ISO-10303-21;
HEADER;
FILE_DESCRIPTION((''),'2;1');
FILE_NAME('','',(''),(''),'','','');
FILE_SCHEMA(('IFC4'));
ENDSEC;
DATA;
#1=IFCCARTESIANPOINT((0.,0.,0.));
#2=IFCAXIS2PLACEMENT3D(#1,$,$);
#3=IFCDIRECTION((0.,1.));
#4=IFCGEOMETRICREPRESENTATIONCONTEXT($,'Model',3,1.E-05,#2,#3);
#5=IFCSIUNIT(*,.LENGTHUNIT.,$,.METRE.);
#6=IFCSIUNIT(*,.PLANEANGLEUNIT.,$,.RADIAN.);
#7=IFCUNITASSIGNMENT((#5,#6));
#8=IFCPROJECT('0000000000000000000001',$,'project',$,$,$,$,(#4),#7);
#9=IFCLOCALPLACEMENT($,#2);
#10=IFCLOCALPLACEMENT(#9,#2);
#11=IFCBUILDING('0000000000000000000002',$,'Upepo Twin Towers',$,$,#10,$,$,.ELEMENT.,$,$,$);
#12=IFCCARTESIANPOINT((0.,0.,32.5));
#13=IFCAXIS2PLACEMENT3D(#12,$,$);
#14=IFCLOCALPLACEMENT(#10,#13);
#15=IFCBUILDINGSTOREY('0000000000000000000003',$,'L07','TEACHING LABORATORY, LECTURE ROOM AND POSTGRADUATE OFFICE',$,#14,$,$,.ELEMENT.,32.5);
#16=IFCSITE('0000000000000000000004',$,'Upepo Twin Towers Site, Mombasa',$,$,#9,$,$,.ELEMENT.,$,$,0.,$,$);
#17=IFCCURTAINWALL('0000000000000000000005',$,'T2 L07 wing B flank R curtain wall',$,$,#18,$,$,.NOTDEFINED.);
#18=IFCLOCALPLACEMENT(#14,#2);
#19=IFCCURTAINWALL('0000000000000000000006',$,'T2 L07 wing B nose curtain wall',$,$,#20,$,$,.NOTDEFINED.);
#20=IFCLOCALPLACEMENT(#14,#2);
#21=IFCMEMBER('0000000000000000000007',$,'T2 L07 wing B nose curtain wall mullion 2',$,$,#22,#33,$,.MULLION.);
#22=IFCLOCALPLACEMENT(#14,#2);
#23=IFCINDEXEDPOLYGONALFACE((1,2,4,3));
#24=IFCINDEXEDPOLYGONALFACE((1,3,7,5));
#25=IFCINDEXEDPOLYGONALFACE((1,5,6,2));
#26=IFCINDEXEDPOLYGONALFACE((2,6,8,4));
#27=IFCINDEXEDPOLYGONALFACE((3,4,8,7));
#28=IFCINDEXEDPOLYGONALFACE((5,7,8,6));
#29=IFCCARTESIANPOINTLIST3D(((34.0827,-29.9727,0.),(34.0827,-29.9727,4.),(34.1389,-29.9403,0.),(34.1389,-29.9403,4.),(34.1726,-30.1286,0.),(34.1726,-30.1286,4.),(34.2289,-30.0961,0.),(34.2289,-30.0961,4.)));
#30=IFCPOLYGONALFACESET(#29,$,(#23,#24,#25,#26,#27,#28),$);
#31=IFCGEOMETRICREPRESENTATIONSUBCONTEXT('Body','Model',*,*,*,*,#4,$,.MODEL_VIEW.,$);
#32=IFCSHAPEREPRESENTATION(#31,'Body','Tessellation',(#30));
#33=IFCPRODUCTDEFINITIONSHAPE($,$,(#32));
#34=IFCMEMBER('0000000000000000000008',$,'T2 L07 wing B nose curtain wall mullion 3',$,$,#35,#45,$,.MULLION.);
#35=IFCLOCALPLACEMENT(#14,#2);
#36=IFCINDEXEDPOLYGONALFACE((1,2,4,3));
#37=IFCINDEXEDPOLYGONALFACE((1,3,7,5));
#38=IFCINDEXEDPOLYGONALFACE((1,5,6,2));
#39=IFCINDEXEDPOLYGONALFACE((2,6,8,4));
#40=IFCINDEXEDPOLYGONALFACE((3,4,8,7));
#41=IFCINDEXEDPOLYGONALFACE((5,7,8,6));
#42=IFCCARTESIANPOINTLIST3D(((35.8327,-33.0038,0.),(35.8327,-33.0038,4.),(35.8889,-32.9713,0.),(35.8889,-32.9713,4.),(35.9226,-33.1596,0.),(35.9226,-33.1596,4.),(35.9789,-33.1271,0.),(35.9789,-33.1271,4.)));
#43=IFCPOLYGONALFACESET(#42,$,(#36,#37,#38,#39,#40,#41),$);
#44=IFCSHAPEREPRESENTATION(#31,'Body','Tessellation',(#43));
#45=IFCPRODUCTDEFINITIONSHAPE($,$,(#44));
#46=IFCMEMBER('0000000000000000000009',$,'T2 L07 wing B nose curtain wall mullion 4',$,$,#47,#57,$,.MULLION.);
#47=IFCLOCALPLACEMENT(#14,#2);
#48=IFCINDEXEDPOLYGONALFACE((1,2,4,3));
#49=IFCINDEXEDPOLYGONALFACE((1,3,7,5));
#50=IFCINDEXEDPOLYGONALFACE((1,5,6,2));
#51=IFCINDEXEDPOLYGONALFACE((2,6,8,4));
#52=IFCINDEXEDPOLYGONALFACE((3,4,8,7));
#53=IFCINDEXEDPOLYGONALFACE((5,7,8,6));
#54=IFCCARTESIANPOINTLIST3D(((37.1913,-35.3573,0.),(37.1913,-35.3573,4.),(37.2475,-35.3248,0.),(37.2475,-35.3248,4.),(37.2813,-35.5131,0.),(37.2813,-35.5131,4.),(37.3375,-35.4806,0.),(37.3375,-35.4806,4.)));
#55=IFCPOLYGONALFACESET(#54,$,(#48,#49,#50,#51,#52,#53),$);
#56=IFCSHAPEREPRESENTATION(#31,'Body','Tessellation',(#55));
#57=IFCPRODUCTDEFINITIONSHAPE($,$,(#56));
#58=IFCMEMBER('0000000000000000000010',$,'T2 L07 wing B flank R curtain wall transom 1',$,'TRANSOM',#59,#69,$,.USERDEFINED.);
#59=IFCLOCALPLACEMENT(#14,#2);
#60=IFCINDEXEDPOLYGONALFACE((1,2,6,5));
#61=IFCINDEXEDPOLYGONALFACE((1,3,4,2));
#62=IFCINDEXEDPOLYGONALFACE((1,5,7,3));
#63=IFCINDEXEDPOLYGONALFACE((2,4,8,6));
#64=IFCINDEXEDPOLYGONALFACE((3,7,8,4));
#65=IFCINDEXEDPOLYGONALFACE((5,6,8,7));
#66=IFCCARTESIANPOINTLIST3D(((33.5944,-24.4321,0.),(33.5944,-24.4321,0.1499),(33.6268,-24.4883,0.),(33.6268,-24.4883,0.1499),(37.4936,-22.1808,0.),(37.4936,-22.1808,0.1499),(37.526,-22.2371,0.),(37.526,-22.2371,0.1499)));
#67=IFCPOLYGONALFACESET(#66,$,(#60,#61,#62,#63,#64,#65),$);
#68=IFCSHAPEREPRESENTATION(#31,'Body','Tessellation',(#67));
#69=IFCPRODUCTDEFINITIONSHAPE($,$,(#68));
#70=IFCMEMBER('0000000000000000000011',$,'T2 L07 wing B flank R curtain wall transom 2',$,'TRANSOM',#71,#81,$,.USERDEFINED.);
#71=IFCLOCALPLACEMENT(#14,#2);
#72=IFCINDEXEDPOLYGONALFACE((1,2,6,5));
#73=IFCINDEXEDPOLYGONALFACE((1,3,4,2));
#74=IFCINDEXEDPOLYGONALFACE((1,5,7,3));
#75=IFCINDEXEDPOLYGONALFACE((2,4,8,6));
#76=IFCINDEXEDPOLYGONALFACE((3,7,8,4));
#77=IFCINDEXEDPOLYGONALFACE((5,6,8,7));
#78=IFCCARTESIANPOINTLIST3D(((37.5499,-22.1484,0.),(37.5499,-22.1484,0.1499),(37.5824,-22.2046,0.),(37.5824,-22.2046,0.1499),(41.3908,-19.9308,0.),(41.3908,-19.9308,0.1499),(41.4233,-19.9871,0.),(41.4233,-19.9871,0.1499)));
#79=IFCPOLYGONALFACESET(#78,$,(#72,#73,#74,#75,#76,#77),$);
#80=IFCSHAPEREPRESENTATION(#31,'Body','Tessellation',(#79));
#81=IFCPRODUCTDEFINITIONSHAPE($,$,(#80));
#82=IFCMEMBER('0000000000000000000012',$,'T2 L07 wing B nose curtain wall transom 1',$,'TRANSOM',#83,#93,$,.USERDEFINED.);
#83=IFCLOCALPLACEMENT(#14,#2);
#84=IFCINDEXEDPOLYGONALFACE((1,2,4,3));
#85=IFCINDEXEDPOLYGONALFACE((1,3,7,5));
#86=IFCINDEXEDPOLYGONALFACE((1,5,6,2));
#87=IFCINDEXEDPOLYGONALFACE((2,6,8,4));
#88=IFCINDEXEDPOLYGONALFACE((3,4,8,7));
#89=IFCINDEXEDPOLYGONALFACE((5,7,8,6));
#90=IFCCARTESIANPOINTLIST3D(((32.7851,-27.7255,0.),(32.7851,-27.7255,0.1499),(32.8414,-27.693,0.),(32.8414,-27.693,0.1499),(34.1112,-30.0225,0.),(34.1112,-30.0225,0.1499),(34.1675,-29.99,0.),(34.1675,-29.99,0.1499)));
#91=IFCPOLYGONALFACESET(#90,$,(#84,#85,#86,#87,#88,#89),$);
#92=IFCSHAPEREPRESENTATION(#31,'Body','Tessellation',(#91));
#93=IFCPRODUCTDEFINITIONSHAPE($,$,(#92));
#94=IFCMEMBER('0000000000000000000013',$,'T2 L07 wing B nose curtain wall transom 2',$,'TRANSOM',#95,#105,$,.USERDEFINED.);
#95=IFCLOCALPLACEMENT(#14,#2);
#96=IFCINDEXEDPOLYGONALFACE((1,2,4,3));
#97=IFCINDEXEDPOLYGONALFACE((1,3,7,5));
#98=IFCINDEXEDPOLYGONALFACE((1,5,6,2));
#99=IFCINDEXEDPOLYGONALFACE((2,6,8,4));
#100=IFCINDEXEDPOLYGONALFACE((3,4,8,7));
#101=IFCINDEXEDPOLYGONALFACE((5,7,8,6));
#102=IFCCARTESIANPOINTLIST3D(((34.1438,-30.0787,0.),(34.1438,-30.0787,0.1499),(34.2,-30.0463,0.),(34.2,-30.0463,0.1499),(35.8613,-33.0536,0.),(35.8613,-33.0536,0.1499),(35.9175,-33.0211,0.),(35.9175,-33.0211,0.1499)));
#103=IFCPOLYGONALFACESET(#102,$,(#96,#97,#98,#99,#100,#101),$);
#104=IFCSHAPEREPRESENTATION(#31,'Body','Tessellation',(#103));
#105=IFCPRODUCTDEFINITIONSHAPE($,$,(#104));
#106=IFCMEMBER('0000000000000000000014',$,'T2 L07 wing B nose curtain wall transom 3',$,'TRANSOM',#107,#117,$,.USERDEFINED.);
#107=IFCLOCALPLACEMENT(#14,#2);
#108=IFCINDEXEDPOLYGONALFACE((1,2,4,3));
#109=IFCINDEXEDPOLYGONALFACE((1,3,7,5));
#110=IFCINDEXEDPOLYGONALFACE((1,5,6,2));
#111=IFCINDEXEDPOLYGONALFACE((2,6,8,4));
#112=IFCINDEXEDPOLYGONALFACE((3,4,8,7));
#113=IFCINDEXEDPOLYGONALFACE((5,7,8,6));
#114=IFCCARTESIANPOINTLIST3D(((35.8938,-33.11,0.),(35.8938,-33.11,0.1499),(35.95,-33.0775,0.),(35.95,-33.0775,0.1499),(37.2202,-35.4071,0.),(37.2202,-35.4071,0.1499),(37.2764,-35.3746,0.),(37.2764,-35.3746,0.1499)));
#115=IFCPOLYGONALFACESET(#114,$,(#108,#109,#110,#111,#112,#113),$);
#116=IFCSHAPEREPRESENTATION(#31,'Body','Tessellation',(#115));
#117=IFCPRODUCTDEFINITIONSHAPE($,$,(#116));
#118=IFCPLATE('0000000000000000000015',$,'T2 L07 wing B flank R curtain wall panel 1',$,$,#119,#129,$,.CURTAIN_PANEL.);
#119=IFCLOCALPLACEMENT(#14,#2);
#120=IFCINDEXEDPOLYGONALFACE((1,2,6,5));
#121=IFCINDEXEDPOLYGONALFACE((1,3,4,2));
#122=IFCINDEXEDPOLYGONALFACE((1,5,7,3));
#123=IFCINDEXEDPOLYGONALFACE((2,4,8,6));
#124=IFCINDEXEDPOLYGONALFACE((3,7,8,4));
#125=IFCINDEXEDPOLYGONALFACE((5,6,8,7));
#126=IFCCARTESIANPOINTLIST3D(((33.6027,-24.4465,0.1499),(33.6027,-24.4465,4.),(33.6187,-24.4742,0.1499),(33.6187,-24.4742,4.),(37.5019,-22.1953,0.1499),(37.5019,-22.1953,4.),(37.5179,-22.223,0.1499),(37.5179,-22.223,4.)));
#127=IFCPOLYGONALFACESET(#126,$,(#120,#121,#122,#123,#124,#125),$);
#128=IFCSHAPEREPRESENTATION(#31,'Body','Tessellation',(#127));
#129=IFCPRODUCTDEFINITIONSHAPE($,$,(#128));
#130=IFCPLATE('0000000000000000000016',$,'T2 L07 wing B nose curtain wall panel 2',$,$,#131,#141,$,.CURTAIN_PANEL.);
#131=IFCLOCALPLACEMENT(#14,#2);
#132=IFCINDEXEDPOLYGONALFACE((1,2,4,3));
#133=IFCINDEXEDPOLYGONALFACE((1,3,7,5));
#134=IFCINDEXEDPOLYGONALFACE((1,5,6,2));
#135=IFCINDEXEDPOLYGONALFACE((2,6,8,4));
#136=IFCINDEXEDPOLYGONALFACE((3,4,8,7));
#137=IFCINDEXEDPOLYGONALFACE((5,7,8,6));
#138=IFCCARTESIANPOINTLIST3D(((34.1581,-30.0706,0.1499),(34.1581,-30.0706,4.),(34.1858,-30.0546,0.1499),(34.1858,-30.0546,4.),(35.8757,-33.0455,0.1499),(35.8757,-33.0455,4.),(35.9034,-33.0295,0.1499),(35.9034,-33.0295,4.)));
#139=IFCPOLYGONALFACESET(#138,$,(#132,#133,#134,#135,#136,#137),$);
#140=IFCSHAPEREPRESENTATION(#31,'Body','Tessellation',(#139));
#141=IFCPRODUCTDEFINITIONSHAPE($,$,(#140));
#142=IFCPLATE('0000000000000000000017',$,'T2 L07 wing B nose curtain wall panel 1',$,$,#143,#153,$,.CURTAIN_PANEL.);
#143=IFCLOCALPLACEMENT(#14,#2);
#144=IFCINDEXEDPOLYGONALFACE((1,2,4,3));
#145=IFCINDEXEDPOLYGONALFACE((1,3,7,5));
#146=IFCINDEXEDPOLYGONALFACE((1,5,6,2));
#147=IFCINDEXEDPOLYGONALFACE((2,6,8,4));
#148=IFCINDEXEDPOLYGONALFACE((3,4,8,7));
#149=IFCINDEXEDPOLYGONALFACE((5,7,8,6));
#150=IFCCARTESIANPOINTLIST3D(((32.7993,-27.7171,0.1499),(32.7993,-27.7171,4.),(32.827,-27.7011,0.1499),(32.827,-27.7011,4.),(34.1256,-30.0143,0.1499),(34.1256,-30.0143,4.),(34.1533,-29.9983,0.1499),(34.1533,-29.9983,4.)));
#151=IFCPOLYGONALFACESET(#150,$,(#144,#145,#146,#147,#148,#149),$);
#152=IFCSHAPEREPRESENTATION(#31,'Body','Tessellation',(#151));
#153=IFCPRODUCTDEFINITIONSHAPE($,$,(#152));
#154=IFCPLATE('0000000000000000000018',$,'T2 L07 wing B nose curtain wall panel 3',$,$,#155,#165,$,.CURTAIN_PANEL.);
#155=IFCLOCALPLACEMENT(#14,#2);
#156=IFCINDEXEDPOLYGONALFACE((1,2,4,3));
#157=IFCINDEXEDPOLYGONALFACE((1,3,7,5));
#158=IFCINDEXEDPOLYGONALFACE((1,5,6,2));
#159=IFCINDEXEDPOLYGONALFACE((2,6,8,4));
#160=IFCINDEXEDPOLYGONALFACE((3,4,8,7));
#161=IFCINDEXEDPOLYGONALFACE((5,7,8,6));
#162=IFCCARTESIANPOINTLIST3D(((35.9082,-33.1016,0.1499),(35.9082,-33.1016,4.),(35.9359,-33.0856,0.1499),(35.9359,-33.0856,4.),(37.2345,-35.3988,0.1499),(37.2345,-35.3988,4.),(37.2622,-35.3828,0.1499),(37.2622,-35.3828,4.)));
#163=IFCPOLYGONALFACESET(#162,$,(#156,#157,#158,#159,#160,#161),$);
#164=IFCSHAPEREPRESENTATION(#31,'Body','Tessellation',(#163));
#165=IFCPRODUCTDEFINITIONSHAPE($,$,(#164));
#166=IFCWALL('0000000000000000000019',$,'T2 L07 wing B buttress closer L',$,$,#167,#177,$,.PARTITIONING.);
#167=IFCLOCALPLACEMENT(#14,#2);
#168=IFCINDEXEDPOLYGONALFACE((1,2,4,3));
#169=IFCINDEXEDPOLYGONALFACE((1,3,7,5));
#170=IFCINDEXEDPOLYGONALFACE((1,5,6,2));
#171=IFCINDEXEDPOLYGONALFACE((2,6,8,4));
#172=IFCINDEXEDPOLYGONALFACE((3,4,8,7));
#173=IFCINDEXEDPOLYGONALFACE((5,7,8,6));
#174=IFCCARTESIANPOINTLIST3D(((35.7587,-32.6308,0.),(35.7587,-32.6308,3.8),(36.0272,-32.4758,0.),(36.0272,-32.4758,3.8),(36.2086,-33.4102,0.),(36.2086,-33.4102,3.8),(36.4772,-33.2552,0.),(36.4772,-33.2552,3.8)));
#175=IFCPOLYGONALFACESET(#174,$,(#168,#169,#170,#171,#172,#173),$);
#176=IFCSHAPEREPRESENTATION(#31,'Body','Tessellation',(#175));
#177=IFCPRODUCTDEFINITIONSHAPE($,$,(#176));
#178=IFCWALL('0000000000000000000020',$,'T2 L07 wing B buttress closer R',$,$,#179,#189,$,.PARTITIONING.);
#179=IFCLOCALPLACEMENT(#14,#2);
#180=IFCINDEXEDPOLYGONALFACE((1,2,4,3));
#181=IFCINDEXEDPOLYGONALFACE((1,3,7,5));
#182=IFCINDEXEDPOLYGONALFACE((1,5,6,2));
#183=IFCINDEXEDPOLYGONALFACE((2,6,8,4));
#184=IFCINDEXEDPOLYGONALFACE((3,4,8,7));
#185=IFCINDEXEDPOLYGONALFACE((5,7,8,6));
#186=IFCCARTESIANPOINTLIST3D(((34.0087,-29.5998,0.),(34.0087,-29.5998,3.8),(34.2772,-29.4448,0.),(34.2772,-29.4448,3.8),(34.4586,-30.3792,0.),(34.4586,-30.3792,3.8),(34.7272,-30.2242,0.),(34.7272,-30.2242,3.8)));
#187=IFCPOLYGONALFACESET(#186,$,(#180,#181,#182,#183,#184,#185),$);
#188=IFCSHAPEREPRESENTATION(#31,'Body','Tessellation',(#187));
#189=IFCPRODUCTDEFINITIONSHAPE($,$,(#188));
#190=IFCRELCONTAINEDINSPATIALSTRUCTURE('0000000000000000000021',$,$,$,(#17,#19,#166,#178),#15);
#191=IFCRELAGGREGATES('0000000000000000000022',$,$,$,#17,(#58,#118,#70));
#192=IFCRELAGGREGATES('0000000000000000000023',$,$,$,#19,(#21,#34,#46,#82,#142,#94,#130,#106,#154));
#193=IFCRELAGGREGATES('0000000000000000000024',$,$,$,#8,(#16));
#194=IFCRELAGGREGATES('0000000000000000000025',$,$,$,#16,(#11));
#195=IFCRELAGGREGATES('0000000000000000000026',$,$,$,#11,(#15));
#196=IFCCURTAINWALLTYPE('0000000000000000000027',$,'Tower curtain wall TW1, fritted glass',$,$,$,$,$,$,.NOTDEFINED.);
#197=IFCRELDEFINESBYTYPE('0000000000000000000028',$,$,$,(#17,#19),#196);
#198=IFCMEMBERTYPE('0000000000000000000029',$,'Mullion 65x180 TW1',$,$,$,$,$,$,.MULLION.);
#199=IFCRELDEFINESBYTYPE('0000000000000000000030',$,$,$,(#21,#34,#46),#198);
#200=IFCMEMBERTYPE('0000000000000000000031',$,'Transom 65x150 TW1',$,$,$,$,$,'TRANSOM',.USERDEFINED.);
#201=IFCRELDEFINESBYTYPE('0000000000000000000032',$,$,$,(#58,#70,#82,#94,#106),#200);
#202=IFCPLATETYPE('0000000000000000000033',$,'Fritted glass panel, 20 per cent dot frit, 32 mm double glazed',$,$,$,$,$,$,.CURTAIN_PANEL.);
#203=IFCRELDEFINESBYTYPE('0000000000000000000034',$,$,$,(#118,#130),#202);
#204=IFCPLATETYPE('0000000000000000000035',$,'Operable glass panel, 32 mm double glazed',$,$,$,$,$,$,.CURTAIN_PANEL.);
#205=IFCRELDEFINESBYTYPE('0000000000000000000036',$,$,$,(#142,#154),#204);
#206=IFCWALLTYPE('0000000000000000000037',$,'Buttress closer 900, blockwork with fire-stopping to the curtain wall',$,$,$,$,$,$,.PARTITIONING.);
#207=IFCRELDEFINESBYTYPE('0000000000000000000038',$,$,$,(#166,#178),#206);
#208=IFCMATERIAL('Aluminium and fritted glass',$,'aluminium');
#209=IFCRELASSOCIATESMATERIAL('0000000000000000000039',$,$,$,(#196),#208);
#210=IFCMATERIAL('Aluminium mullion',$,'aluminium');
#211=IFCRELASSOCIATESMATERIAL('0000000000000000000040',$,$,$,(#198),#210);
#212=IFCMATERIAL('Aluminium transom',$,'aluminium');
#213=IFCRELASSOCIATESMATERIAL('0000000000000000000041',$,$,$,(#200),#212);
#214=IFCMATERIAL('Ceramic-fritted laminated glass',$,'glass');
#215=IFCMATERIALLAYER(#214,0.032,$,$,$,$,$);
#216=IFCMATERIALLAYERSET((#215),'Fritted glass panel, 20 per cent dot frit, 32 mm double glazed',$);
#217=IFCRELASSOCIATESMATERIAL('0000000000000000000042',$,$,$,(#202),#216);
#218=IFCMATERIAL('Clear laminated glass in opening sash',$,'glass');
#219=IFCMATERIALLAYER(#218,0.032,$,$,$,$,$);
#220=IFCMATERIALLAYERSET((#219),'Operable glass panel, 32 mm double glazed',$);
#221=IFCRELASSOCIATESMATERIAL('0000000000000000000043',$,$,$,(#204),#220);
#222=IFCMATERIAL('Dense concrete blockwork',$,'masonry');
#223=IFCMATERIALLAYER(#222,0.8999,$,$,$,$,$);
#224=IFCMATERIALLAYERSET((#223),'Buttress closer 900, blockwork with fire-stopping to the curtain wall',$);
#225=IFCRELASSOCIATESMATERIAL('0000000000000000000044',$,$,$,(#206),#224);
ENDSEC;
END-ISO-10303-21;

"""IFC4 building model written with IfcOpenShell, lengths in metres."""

from ifc_helpers import new_model, si_unit, direction, frame, frame_2d, origin, origin_2d, place, context, subcontext, project, spatial, rectangle, extrude, material, layer, layer_set, material_profile, profile_set, type_object, element, aggregate, save


model = new_model("IFC4")

# Units and contexts
model_context = context("Model", 3, precision=1e-05, world=origin(), true_north=direction((0.0, 1.0)))
body_context = subcontext(model_context, "Body", "Model", "MODEL_VIEW")
ifc_project = project(units=[si_unit("LENGTHUNIT", "METRE"), si_unit("PLANEANGLEUNIT", "RADIAN")], contexts=[model_context])

# Site, building, storey
site_placement = place(None, origin())
site = spatial("IfcSite", under=ifc_project, at=site_placement, Name="Upepo Twin Towers Site, Mombasa", CompositionType="ELEMENT", RefElevation=0.0)
building_placement = place(site_placement, origin())
building = spatial("IfcBuilding", under=site, at=building_placement, Name="Upepo Twin Towers", CompositionType="ELEMENT")
storey_placement = place(building_placement, frame((0.0, 0.0, 32.5)))
storey = spatial("IfcBuildingStorey", under=building, at=storey_placement, Name="L07", Description="TEACHING LABORATORY, LECTURE ROOM AND POSTGRADUATE OFFICE", CompositionType="ELEMENT", Elevation=32.5)

# Shared definitions
ifc_material_1 = material(Name="Aluminium and fritted glass", Category="aluminium")
curtain_wall_type = type_object("IfcCurtainWallType", Name="Tower curtain wall TW1, fritted glass", PredefinedType="NOTDEFINED", material=ifc_material_1)
ifc_material_2 = material(Name="Aluminium mullion", Category="aluminium")
ifc_material_profile_1 = material_profile(ifc_material_2, rectangle(XDim=0.0649, YDim=0.1799, at=origin_2d()), Name="MULLION 65x180")
ifc_profile_set_1 = profile_set([ifc_material_profile_1], Name="Aluminium mullion")
member_type_1 = type_object("IfcMemberType", Name="Mullion 65x180 TW1", PredefinedType="MULLION", material=ifc_profile_set_1)

# Curtain walls, members
curtain_wall_1_placement = place(storey_placement, origin())
curtain_wall_1 = element("IfcCurtainWall", 1, at=curtain_wall_1_placement, inside=storey, type_object=curtain_wall_type, Name="T2 L07 wing B flank R curtain wall", PredefinedType="NOTDEFINED")
curtain_wall_2_placement = place(storey_placement, origin())
curtain_wall_2 = element("IfcCurtainWall", 2, at=curtain_wall_2_placement, inside=storey, type_object=curtain_wall_type, Name="T2 L07 wing B nose curtain wall", PredefinedType="NOTDEFINED")
member_1_placement = place(storey_placement, frame((34.1558, -30.0344, 0.0), z_axis=(0.0, 0.0, 1.0), x_axis=(0.866025, 0.5, 0.0)))
member_1 = element("IfcMember", 3, at=member_1_placement, type_object=member_type_1, Name="T2 L07 wing B nose curtain wall mullion 2", PredefinedType="MULLION", context=body_context, shape_type="SweptSolid", body=[
    extrude(rectangle(XDim=0.0649, YDim=0.1799, at=origin_2d()), origin(), (0.0, 0.0, 1.0), 4.0),
])
member_2_placement = place(storey_placement, frame((35.9058, -33.0654, 0.0), z_axis=(0.0, 0.0, 1.0), x_axis=(0.866025, 0.5, 0.0)))
member_2 = element("IfcMember", 4, at=member_2_placement, type_object=member_type_1, Name="T2 L07 wing B nose curtain wall mullion 3", PredefinedType="MULLION", context=body_context, shape_type="SweptSolid", body=[
    extrude(rectangle(XDim=0.0649, YDim=0.1799, at=origin_2d()), origin(), (0.0, 0.0, 1.0), 4.0),
])
member_3_placement = place(storey_placement, frame((37.2644, -35.4189, 0.0), z_axis=(0.0, 0.0, 1.0), x_axis=(0.866025, 0.5, 0.0)))
member_3 = element("IfcMember", 5, at=member_3_placement, type_object=member_type_1, Name="T2 L07 wing B nose curtain wall mullion 4", PredefinedType="MULLION", context=body_context, shape_type="SweptSolid", body=[
    extrude(rectangle(XDim=0.0649, YDim=0.1799, at=origin_2d()), origin(), (0.0, 0.0, 1.0), 4.0),
])

# Members
ifc_material_3 = material(Name="Aluminium transom", Category="aluminium")
ifc_material_profile_2 = material_profile(ifc_material_3, rectangle(XDim=0.0649, YDim=0.1499, at=origin_2d()), Name="TRANSOM 65x150")
ifc_profile_set_2 = profile_set([ifc_material_profile_2], Name="Aluminium transom")
member_type_2 = type_object("IfcMemberType", Name="Transom 65x150 TW1", ElementType="TRANSOM", PredefinedType="USERDEFINED", material=ifc_profile_set_2)
member_4_placement = place(storey_placement, frame((33.6106, -24.4602, 0.075), z_axis=(0.866022, 0.500006, 0.0), x_axis=(-0.500006, 0.866022, 0.0)))
member_4 = element("IfcMember", 6, at=member_4_placement, type_object=member_type_2, Name="T2 L07 wing B flank R curtain wall transom 1", ObjectType="TRANSOM", PredefinedType="USERDEFINED", context=body_context, shape_type="SweptSolid", body=[
    extrude(rectangle(XDim=0.0649, YDim=0.1499, at=origin_2d()), origin(), (0.0, 0.0, 1.0), 4.5024),
])
member_5_placement = place(storey_placement, frame((37.5662, -22.1765, 0.075), z_axis=(0.866022, 0.500005, 0.0), x_axis=(-0.500005, 0.866022, 0.0)))
member_5 = element("IfcMember", 7, at=member_5_placement, type_object=member_type_2, Name="T2 L07 wing B flank R curtain wall transom 2", ObjectType="TRANSOM", PredefinedType="USERDEFINED", context=body_context, shape_type="SweptSolid", body=[
    extrude(rectangle(XDim=0.0649, YDim=0.1499, at=origin_2d()), origin(), (0.0, 0.0, 1.0), 4.4351),
])
member_6_placement = place(storey_placement, frame((32.8132, -27.7092, 0.075), z_axis=(0.49998, -0.866037, 0.0), x_axis=(0.866037, 0.49998, 0.0)))
member_6 = element("IfcMember", 8, at=member_6_placement, type_object=member_type_2, Name="T2 L07 wing B nose curtain wall transom 1", ObjectType="TRANSOM", PredefinedType="USERDEFINED", context=body_context, shape_type="SweptSolid", body=[
    extrude(rectangle(XDim=0.0649, YDim=0.1499, at=origin_2d()), origin(), (0.0, 0.0, 1.0), 2.6523),
])
member_7_placement = place(storey_placement, frame((34.1719, -30.0625, 0.075), z_axis=(0.499999, -0.866026, 0.0), x_axis=(0.866026, 0.499999, 0.0)))
member_7 = element("IfcMember", 9, at=member_7_placement, type_object=member_type_2, Name="T2 L07 wing B nose curtain wall transom 2", ObjectType="TRANSOM", PredefinedType="USERDEFINED", context=body_context, shape_type="SweptSolid", body=[
    extrude(rectangle(XDim=0.0649, YDim=0.1499, at=origin_2d()), origin(), (0.0, 0.0, 1.0), 3.4351),
])
member_8_placement = place(storey_placement, frame((35.9219, -33.0938, 0.075), z_axis=(0.500049, -0.865997, 0.0), x_axis=(0.865997, 0.500049, 0.0)))
member_8 = element("IfcMember", 10, at=member_8_placement, type_object=member_type_2, Name="T2 L07 wing B nose curtain wall transom 3", ObjectType="TRANSOM", PredefinedType="USERDEFINED", context=body_context, shape_type="SweptSolid", body=[
    extrude(rectangle(XDim=0.0649, YDim=0.1499, at=origin_2d()), origin(), (0.0, 0.0, 1.0), 2.6526),
])

# Plates
ifc_material_4 = material(Name="Ceramic-fritted laminated glass", Category="glass")
ifc_layer_1 = layer(ifc_material_4, 0.032)
ifc_layer_set_1 = layer_set([ifc_layer_1], Name="Fritted glass panel, 20 per cent dot frit, 32 mm double glazed")
plate_type_1 = type_object("IfcPlateType", Name="Fritted glass panel, 20 per cent dot frit, 32 mm double glazed", PredefinedType="CURTAIN_PANEL", material=ifc_layer_set_1)
plate_1_placement = place(storey_placement, frame((35.5603, -23.3347, 0.1499), z_axis=(0.0, 0.0, 1.0), x_axis=(0.866025, 0.5, 0.0)))
plate_1 = element("IfcPlate", 11, at=plate_1_placement, type_object=plate_type_1, Name="T2 L07 wing B flank R curtain wall panel 1", PredefinedType="CURTAIN_PANEL", context=body_context, shape_type="SweptSolid", body=[
    extrude(rectangle(XDim=4.5024, YDim=0.032, at=origin_2d()), origin(), (0.0, 0.0, 1.0), 3.8501),
])
aggregate(curtain_wall_1, [member_4, plate_1, member_5])
plate_2_placement = place(storey_placement, frame((35.0308, -31.55, 0.1499), z_axis=(0.0, 0.0, 1.0), x_axis=(0.5, -0.866025, 0.0)))
plate_2 = element("IfcPlate", 12, at=plate_2_placement, type_object=plate_type_1, Name="T2 L07 wing B nose curtain wall panel 2", PredefinedType="CURTAIN_PANEL", context=body_context, shape_type="SweptSolid", body=[
    extrude(rectangle(XDim=3.4351, YDim=0.032, at=origin_2d()), origin(), (0.0, 0.0, 1.0), 3.8501),
])
ifc_material_5 = material(Name="Clear laminated glass in opening sash", Category="glass")
ifc_layer_2 = layer(ifc_material_5, 0.032)
ifc_layer_set_2 = layer_set([ifc_layer_2], Name="Operable glass panel, 32 mm double glazed")
plate_type_2 = type_object("IfcPlateType", Name="Operable glass panel, 32 mm double glazed", PredefinedType="CURTAIN_PANEL", material=ifc_layer_set_2)
plate_3_placement = place(storey_placement, frame((33.4763, -28.8577, 0.1499), z_axis=(0.0, 0.0, 1.0), x_axis=(0.5, -0.866025, 0.0)))
plate_3 = element("IfcPlate", 13, at=plate_3_placement, type_object=plate_type_2, Name="T2 L07 wing B nose curtain wall panel 1", PredefinedType="CURTAIN_PANEL", context=body_context, shape_type="SweptSolid", body=[
    extrude(rectangle(XDim=2.6526, YDim=0.032, at=origin_2d()), origin(), (0.0, 0.0, 1.0), 3.8501),
])
plate_4_placement = place(storey_placement, frame((36.5852, -34.2422, 0.1499), z_axis=(0.0, 0.0, 1.0), x_axis=(0.5, -0.866025, 0.0)))
plate_4 = element("IfcPlate", 14, at=plate_4_placement, type_object=plate_type_2, Name="T2 L07 wing B nose curtain wall panel 3", PredefinedType="CURTAIN_PANEL", context=body_context, shape_type="SweptSolid", body=[
    extrude(rectangle(XDim=2.6526, YDim=0.032, at=origin_2d()), origin(), (0.0, 0.0, 1.0), 3.8501),
])
aggregate(curtain_wall_2, [member_1, member_2, member_3, member_6, plate_3, member_7, plate_2, member_8, plate_4])

# Walls
ifc_material_6 = material(Name="Dense concrete blockwork", Category="masonry")
ifc_layer_3 = layer(ifc_material_6, 0.8999)
ifc_layer_set_3 = layer_set([ifc_layer_3], Name="Buttress closer 900, blockwork with fire-stopping to the curtain wall")
wall_type_1 = type_object("IfcWallType", Name="Buttress closer 900, blockwork with fire-stopping to the curtain wall", PredefinedType="PARTITIONING", material=ifc_layer_set_3)
for number, where, z_axis, x_axis, name in (
    (15, (36.2522, -32.8655, 0.0), (0.0, 0.0, 1.0), (-0.866054, -0.49995, 0.0), "T2 L07 wing B buttress closer L"),
    (16, (34.5022, -29.8345, 0.0), (0.0, 0.0, 1.0), (-0.866054, -0.49995, 0.0), "T2 L07 wing B buttress closer R"),
):
    element("IfcWall", number, at=place(storey_placement, frame(where, z_axis=z_axis, x_axis=x_axis)), inside=storey, type_object=wall_type_1, Name=name, PredefinedType="PARTITIONING", context=body_context, shape_type="SweptSolid", body=[
        extrude(rectangle(XDim=0.3101, YDim=0.8999, at=frame_2d((0.155, 0.0))), origin(), (0.0, 0.0, 1.0), 3.8),
    ])

save(model, "model.ifc")
